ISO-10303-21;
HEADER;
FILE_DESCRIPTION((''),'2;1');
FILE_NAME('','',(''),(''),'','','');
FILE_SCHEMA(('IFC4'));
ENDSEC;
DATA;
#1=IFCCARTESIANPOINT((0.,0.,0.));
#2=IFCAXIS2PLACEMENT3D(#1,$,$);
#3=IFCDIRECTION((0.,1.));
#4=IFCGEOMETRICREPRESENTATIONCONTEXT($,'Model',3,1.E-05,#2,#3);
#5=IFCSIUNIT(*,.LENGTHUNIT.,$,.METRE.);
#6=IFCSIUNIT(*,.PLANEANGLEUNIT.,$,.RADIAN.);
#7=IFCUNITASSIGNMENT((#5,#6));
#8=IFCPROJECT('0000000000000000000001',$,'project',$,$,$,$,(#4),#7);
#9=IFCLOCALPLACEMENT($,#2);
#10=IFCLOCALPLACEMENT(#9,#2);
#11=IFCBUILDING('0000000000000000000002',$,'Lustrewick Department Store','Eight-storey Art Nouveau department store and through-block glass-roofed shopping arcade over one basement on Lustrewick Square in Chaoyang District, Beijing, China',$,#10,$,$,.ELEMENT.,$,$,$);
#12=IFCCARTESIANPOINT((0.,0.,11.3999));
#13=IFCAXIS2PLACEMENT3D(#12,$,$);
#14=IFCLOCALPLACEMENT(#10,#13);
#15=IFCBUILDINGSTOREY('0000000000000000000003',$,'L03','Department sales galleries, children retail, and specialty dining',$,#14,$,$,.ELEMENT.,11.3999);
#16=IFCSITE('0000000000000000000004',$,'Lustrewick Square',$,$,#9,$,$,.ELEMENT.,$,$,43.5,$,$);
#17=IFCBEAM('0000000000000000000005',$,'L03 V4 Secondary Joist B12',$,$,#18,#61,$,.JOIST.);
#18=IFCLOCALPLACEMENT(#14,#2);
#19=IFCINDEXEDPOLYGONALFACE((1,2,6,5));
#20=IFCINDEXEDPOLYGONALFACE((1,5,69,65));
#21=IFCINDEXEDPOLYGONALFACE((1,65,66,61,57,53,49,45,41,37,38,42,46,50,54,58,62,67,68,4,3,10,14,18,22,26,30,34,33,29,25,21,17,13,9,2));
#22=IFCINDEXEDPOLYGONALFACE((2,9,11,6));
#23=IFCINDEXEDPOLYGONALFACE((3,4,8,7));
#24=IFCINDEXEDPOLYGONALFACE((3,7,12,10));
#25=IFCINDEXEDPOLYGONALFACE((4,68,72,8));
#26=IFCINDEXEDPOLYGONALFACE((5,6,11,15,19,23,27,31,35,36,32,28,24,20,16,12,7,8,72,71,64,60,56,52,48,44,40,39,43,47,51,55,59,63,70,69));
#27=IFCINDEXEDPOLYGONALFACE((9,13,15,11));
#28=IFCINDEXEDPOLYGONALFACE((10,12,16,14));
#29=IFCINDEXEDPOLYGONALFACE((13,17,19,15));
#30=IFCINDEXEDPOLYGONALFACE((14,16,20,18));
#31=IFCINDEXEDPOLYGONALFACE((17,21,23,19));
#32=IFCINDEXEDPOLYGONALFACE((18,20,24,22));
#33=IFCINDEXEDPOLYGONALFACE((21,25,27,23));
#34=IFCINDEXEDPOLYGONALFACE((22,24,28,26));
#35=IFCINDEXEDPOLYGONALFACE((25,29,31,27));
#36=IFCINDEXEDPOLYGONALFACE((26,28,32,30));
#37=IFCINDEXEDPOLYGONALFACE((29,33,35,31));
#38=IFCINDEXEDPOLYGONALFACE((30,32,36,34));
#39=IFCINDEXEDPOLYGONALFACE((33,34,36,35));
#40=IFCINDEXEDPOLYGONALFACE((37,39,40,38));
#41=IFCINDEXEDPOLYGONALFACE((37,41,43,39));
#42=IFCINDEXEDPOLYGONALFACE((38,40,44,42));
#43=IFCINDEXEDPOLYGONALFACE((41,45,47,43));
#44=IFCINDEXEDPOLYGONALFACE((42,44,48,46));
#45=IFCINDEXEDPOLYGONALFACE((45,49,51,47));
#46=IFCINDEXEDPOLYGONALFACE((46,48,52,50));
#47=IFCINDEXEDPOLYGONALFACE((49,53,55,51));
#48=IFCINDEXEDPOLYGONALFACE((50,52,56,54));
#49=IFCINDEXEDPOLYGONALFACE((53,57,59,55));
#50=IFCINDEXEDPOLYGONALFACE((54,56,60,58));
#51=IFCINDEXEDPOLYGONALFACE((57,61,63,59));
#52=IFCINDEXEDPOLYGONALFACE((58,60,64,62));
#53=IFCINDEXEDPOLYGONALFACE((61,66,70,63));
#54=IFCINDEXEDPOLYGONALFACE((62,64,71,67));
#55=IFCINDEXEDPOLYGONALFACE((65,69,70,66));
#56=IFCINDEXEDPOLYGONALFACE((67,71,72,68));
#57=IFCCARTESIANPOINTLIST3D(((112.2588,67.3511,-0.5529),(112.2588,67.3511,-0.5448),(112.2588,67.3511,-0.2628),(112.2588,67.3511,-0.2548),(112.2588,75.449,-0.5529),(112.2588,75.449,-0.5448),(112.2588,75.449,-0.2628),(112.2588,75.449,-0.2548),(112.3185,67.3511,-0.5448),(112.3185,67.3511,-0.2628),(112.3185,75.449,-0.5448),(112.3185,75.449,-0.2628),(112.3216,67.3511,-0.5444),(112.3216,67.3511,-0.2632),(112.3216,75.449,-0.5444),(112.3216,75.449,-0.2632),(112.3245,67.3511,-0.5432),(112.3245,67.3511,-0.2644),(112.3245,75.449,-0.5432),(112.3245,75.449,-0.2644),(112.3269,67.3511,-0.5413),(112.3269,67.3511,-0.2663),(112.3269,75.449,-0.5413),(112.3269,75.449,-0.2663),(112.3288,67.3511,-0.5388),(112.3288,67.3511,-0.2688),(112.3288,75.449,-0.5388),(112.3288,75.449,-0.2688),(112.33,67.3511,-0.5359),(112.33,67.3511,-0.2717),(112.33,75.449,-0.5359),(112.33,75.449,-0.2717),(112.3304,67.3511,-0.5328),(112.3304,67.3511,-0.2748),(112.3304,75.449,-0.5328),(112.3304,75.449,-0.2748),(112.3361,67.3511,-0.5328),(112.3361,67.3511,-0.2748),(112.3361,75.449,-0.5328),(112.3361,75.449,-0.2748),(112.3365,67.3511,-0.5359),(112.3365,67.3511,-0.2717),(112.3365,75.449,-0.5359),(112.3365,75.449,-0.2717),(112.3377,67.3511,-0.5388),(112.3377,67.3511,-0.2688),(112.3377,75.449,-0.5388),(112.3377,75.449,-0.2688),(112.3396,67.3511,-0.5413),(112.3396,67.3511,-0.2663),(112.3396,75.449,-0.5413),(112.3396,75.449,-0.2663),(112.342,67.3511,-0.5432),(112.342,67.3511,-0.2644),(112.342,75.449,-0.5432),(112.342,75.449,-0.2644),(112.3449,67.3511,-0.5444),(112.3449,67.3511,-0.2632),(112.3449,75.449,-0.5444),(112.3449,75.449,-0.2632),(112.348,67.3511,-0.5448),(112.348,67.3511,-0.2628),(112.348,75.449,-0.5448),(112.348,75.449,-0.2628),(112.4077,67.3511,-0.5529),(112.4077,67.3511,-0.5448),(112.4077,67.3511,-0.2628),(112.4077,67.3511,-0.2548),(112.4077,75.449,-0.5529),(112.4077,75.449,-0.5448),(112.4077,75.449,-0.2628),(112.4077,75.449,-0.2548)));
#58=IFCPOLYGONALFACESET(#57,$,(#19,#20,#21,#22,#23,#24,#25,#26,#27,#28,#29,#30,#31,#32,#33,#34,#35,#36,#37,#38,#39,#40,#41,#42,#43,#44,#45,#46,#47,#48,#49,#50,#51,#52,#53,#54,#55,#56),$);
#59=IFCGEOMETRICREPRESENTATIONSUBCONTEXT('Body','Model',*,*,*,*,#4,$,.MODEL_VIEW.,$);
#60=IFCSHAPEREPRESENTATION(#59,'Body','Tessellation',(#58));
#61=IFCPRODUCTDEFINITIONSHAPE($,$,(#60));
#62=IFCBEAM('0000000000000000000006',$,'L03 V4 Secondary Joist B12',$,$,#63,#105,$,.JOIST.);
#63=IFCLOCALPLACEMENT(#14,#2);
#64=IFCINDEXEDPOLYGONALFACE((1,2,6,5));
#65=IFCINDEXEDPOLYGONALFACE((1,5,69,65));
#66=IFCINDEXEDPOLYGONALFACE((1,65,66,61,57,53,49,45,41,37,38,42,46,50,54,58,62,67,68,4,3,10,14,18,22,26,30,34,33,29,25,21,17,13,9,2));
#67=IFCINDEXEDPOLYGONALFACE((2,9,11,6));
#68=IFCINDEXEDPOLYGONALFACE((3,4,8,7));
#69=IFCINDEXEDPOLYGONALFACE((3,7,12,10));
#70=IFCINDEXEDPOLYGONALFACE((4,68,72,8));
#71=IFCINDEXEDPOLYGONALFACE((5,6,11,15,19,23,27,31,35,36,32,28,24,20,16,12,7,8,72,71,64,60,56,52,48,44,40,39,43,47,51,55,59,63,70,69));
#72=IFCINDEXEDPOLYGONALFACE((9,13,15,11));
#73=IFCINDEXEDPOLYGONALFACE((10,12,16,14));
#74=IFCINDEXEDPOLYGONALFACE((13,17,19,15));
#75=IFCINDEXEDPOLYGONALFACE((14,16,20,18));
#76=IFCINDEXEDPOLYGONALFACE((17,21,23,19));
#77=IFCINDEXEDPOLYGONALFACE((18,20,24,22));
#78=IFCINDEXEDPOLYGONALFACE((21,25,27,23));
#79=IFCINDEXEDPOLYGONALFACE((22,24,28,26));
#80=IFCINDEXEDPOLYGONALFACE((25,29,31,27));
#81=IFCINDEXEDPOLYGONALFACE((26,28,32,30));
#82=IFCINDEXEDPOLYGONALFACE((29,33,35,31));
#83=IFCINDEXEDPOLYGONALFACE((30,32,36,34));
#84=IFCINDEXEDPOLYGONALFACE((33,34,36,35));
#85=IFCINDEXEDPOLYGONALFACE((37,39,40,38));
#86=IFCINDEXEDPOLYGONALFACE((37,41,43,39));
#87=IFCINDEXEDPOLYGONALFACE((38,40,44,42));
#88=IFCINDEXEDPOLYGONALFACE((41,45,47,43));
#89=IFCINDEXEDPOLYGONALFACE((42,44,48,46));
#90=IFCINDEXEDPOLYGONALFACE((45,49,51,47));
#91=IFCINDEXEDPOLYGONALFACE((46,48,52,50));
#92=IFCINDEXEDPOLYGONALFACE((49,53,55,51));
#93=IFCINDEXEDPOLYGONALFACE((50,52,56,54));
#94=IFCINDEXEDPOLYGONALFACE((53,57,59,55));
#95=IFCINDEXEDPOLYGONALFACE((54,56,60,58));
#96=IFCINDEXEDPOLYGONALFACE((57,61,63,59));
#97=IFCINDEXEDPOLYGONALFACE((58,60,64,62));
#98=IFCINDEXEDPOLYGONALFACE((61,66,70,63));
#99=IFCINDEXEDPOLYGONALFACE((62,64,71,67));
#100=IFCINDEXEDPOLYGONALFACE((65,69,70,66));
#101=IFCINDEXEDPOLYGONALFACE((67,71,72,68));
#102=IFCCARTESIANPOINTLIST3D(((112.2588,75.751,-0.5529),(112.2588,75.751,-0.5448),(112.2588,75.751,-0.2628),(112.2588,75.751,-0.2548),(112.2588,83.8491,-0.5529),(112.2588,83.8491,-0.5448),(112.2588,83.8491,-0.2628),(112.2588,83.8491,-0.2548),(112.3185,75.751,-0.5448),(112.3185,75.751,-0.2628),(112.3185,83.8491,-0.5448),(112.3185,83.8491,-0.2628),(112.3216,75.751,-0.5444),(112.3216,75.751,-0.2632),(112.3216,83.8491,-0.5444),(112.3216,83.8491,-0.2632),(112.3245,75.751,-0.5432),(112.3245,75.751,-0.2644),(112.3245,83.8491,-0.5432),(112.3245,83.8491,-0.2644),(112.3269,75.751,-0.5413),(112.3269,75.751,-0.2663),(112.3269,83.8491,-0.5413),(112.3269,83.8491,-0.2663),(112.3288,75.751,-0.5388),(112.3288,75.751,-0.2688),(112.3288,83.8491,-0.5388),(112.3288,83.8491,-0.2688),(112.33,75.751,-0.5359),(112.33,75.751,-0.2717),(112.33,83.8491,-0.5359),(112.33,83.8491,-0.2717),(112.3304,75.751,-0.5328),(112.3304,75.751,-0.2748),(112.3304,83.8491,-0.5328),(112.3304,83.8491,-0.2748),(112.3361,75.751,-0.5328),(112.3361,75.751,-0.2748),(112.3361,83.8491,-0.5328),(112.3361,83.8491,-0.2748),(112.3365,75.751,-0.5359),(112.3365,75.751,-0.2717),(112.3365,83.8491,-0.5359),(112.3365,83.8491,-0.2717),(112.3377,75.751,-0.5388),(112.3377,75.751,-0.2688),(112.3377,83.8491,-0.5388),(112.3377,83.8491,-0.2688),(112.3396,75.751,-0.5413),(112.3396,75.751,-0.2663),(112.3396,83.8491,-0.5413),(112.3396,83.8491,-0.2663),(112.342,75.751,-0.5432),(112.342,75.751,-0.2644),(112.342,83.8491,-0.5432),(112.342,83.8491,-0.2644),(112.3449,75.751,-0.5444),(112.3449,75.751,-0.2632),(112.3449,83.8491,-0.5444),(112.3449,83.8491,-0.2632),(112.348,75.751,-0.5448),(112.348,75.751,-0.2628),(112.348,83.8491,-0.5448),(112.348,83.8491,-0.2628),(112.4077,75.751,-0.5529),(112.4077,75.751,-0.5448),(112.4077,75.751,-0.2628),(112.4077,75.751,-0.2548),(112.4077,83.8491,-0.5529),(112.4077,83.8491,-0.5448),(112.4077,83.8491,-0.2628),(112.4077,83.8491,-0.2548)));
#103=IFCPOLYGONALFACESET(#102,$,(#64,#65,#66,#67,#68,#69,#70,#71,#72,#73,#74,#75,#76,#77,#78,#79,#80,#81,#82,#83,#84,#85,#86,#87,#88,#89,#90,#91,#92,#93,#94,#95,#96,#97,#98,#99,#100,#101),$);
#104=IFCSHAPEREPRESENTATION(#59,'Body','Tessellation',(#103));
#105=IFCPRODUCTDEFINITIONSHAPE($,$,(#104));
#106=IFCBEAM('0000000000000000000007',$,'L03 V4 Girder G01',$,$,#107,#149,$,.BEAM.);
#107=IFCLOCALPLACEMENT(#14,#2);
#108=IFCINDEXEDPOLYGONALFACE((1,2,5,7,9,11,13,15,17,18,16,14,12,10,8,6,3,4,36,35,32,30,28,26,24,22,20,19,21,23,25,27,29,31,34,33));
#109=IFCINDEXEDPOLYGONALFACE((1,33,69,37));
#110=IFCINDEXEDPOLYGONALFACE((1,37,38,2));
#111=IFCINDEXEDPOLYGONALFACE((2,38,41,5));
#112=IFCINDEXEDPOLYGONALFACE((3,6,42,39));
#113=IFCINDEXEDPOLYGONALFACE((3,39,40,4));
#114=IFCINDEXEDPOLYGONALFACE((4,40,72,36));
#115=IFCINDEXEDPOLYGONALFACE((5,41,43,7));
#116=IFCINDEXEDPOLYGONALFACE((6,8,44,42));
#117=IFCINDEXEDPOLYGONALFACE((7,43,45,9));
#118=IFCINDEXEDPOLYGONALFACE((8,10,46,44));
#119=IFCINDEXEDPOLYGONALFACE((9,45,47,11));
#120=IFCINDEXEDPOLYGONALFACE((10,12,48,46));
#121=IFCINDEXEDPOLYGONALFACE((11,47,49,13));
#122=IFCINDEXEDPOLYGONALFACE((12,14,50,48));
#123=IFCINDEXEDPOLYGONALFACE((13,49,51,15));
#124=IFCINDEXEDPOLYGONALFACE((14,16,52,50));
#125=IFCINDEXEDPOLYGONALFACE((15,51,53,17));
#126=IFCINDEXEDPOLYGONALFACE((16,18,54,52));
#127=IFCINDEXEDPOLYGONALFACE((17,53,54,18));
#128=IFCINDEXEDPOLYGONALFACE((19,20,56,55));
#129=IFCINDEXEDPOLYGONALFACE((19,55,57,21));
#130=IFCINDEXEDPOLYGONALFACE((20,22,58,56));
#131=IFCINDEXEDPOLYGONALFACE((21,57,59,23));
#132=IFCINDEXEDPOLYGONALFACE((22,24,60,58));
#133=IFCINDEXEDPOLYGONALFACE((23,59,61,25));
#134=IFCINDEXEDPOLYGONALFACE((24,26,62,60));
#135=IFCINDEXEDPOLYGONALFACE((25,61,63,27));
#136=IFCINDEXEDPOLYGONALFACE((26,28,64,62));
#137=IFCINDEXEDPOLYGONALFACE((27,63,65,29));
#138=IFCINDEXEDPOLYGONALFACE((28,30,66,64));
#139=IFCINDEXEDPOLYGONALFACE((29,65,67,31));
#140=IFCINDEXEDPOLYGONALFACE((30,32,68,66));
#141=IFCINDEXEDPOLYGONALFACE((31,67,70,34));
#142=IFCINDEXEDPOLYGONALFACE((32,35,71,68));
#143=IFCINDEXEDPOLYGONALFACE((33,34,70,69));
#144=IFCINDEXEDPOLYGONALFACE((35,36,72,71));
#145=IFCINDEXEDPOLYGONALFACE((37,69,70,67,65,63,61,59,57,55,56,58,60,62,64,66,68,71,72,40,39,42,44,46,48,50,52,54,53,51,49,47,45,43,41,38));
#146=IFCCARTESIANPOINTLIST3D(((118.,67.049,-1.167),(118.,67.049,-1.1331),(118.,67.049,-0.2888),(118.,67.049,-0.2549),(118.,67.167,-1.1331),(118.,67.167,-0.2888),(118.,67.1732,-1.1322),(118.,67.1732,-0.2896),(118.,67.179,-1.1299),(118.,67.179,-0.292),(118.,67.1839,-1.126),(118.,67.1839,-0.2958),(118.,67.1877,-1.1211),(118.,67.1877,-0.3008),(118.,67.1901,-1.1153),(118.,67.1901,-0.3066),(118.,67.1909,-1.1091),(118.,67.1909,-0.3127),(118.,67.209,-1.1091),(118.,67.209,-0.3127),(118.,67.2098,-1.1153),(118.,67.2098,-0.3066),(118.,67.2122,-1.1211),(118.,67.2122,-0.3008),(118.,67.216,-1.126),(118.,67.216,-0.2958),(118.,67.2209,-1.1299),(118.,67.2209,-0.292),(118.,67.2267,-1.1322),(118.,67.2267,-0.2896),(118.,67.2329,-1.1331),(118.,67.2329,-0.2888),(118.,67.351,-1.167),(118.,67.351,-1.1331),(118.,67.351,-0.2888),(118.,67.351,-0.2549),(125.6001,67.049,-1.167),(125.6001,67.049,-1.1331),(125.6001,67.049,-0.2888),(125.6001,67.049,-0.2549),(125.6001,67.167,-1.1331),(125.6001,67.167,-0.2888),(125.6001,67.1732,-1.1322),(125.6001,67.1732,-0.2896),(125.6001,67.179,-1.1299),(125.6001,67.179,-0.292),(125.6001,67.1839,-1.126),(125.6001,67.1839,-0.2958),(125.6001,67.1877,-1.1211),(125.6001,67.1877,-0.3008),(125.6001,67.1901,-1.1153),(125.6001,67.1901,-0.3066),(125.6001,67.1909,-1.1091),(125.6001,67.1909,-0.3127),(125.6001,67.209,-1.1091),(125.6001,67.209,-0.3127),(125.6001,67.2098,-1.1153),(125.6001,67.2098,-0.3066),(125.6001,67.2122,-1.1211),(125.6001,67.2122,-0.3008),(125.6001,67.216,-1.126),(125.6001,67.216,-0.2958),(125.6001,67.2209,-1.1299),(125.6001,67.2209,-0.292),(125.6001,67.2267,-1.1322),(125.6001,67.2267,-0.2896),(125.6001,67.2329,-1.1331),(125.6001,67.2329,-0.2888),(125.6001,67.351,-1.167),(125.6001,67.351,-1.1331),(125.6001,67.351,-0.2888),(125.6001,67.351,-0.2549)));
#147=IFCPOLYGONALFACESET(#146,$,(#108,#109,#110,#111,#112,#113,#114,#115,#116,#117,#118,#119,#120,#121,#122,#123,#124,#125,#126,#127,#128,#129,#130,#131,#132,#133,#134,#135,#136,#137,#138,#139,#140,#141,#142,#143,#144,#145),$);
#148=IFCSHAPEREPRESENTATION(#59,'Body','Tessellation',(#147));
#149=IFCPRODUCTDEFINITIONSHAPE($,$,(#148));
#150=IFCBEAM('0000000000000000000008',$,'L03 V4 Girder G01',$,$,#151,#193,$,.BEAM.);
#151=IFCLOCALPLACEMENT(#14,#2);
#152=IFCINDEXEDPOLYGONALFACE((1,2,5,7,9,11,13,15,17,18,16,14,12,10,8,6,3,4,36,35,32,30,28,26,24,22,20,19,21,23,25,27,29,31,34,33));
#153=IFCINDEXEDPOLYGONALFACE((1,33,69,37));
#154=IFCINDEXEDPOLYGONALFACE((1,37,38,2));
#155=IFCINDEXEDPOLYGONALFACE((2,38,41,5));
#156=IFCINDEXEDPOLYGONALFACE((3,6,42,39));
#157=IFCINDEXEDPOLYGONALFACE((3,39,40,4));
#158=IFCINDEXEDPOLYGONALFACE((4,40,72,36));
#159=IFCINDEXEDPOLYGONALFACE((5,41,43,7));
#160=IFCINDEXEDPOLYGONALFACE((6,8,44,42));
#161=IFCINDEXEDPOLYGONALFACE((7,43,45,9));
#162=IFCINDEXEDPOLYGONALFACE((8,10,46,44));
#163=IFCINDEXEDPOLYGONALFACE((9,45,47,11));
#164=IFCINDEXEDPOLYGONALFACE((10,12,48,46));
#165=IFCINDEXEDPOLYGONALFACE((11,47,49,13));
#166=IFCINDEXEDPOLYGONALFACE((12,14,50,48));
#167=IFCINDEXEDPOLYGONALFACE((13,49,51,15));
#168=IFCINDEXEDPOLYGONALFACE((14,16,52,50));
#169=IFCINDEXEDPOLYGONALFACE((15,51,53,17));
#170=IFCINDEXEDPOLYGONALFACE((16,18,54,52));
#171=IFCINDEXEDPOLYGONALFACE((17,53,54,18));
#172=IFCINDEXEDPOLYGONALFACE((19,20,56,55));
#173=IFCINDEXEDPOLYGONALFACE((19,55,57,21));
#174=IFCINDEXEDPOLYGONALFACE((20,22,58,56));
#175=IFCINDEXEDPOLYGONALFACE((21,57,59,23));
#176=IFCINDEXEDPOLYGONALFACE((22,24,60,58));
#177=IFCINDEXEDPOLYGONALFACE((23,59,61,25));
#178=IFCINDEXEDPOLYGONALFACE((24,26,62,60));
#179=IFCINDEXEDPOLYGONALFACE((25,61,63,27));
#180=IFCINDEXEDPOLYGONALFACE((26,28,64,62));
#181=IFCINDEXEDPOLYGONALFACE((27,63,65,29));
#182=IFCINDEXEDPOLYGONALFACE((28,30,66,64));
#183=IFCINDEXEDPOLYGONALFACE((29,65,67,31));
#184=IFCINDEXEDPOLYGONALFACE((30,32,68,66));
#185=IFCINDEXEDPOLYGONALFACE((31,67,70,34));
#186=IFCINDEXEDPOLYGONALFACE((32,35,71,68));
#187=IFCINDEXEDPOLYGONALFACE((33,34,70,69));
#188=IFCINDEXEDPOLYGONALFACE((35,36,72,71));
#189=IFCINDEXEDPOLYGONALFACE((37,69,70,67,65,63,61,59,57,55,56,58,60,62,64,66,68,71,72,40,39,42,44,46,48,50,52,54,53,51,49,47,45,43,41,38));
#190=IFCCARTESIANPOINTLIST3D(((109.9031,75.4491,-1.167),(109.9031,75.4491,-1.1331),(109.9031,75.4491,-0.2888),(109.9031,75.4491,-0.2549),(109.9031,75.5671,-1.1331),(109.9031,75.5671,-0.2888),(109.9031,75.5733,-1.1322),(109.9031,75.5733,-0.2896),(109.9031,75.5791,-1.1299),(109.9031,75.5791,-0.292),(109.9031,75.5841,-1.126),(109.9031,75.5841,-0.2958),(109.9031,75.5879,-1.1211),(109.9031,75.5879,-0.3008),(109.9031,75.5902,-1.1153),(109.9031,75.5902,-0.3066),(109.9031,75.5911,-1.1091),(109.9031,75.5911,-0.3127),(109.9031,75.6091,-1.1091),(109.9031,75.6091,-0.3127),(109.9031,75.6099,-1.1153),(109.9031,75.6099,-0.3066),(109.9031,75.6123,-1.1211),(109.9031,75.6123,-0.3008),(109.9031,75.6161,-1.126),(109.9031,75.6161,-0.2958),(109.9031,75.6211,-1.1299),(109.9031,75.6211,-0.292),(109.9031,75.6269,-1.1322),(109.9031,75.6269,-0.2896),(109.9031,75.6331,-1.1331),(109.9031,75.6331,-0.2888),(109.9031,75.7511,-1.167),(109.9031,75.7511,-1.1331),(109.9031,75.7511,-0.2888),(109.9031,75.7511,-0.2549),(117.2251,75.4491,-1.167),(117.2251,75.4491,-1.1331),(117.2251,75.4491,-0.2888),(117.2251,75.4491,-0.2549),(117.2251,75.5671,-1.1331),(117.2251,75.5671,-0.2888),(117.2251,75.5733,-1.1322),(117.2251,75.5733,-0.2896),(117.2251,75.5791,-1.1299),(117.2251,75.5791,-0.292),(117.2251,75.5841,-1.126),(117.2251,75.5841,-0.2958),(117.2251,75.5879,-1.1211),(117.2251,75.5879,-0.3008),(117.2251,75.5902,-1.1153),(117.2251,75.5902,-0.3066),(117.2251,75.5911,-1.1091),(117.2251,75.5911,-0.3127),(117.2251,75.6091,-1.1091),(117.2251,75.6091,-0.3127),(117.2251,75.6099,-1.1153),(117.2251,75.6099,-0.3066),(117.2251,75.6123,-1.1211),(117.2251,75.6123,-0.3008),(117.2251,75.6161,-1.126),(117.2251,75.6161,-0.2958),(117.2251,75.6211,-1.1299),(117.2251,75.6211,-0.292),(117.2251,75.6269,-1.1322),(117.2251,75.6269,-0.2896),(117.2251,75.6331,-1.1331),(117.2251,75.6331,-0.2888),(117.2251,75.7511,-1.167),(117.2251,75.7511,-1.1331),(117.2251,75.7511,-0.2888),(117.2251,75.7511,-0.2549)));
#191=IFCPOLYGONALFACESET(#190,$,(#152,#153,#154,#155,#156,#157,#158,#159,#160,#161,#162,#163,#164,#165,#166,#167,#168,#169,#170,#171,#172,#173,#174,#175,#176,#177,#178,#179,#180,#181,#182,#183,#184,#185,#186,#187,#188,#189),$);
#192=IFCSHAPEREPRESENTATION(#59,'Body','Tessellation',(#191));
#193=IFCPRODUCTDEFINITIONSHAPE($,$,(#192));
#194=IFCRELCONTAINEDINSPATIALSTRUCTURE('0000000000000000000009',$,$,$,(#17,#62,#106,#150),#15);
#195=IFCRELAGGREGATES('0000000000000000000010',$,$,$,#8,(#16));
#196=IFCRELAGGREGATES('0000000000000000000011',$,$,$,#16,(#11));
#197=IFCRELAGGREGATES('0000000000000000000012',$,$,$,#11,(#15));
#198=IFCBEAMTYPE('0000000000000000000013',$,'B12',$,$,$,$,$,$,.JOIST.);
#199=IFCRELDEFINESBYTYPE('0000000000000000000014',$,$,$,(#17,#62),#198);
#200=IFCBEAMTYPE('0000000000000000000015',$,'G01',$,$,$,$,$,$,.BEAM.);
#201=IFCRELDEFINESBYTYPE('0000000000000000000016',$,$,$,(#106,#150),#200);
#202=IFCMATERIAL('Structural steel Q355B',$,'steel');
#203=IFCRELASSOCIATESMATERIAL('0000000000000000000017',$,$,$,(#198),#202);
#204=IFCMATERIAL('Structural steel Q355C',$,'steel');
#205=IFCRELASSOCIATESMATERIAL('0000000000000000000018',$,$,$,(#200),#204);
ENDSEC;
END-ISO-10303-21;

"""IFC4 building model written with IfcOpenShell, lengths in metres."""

from ifc_helpers import new_model, si_unit, direction, frame, origin, origin_2d, place, context, subcontext, project, spatial, i_section, extrude, material, material_profile, profile_set, type_object, element, save


model = new_model("IFC4")

# Units and contexts
model_context = context("Model", 3, precision=1e-05, world=origin(), true_north=direction((0.0, 1.0)))
body_context = subcontext(model_context, "Body", "Model", "MODEL_VIEW")
ifc_project = project(units=[si_unit("LENGTHUNIT", "METRE"), si_unit("PLANEANGLEUNIT", "RADIAN")], contexts=[model_context])

# Site, building, storey
site_placement = place(None, origin())
site = spatial("IfcSite", under=ifc_project, at=site_placement, Name="Lustrewick Square", CompositionType="ELEMENT", RefElevation=43.5)
building_placement = place(site_placement, origin())
building = spatial("IfcBuilding", under=site, at=building_placement, Name="Lustrewick Department Store", Description="Eight-storey Art Nouveau department store and through-block glass-roofed shopping arcade over one basement on Lustrewick Square in Chaoyang District, Beijing, China", CompositionType="ELEMENT")
storey_placement = place(building_placement, frame((0.0, 0.0, 11.3999)))
storey = spatial("IfcBuildingStorey", under=building, at=storey_placement, Name="L03", Description="Department sales galleries, children retail, and specialty dining", CompositionType="ELEMENT", Elevation=11.3999)

# Shared definitions
ifc_material_1 = material(Name="Structural steel Q355B", Category="steel")
ifc_material_2 = material(Name="Structural steel Q355C", Category="steel")

# Beams
ifc_material_profile_1 = material_profile(ifc_material_1, i_section(OverallWidth=0.1489, OverallDepth=0.2981, WebThickness=0.0056, FlangeThickness=0.0081, FilletRadius=0.012, at=origin_2d()), Name="HN 298x149x5.5x8")
ifc_profile_set_1 = profile_set([ifc_material_profile_1], Name="Structural steel Q355B")
beam_type_1 = type_object("IfcBeamType", Name="B12", PredefinedType="JOIST", material=ifc_profile_set_1)
beam_1_placement = place(storey_placement, frame((112.3333, 67.3511, -0.4038), z_axis=(0.0, 1.0, 0.0), x_axis=(-1.0, 0.0, 0.0)))
element("IfcBeam", 1, at=beam_1_placement, inside=storey, type_object=beam_type_1, Name="L03 V4 Secondary Joist B12", PredefinedType="JOIST", context=body_context, shape_type="SweptSolid", body=[
    extrude(i_section(OverallWidth=0.1489, OverallDepth=0.2981, WebThickness=0.0056, FlangeThickness=0.0081, FilletRadius=0.012, at=origin_2d()), origin(), (0.0, 0.0, 1.0), 8.0979),
])
beam_2_placement = place(storey_placement, frame((112.3333, 75.751, -0.4038), z_axis=(0.0, 1.0, 0.0), x_axis=(-1.0, 0.0, 0.0)))
element("IfcBeam", 2, at=beam_2_placement, inside=storey, type_object=beam_type_1, Name="L03 V4 Secondary Joist B12", PredefinedType="JOIST", context=body_context, shape_type="SweptSolid", body=[
    extrude(i_section(OverallWidth=0.1489, OverallDepth=0.2981, WebThickness=0.0056, FlangeThickness=0.0081, FilletRadius=0.012, at=origin_2d()), origin(), (0.0, 0.0, 1.0), 8.0981),
])
ifc_material_profile_2 = material_profile(ifc_material_2, i_section(OverallWidth=0.302, OverallDepth=0.9121, WebThickness=0.0181, FlangeThickness=0.0339, FilletRadius=0.0239, at=origin_2d()), Name="HN 912x302x18x34")
ifc_profile_set_2 = profile_set([ifc_material_profile_2], Name="Structural steel Q355C")
beam_type_2 = type_object("IfcBeamType", Name="G01", PredefinedType="BEAM", material=ifc_profile_set_2)
beam_3_placement = place(storey_placement, frame((118.0, 67.2, -0.7109), z_axis=(1.0, 0.0, 0.0), x_axis=(0.0, 1.0, 0.0)))
element("IfcBeam", 3, at=beam_3_placement, inside=storey, type_object=beam_type_2, Name="L03 V4 Girder G01", PredefinedType="BEAM", context=body_context, shape_type="SweptSolid", body=[
    extrude(i_section(OverallWidth=0.302, OverallDepth=0.9121, WebThickness=0.0181, FlangeThickness=0.0339, FilletRadius=0.0239, at=origin_2d()), origin(), (0.0, 0.0, 1.0), 7.6001),
])
beam_4_placement = place(storey_placement, frame((109.9031, 75.6001, -0.7109), z_axis=(1.0, 0.0, 0.0), x_axis=(0.0, 1.0, 0.0)))
element("IfcBeam", 4, at=beam_4_placement, inside=storey, type_object=beam_type_2, Name="L03 V4 Girder G01", PredefinedType="BEAM", context=body_context, shape_type="SweptSolid", body=[
    extrude(i_section(OverallWidth=0.302, OverallDepth=0.9121, WebThickness=0.0181, FlangeThickness=0.0339, FilletRadius=0.0239, at=origin_2d()), origin(), (0.0, 0.0, 1.0), 7.322),
])

save(model, "model.ifc")
